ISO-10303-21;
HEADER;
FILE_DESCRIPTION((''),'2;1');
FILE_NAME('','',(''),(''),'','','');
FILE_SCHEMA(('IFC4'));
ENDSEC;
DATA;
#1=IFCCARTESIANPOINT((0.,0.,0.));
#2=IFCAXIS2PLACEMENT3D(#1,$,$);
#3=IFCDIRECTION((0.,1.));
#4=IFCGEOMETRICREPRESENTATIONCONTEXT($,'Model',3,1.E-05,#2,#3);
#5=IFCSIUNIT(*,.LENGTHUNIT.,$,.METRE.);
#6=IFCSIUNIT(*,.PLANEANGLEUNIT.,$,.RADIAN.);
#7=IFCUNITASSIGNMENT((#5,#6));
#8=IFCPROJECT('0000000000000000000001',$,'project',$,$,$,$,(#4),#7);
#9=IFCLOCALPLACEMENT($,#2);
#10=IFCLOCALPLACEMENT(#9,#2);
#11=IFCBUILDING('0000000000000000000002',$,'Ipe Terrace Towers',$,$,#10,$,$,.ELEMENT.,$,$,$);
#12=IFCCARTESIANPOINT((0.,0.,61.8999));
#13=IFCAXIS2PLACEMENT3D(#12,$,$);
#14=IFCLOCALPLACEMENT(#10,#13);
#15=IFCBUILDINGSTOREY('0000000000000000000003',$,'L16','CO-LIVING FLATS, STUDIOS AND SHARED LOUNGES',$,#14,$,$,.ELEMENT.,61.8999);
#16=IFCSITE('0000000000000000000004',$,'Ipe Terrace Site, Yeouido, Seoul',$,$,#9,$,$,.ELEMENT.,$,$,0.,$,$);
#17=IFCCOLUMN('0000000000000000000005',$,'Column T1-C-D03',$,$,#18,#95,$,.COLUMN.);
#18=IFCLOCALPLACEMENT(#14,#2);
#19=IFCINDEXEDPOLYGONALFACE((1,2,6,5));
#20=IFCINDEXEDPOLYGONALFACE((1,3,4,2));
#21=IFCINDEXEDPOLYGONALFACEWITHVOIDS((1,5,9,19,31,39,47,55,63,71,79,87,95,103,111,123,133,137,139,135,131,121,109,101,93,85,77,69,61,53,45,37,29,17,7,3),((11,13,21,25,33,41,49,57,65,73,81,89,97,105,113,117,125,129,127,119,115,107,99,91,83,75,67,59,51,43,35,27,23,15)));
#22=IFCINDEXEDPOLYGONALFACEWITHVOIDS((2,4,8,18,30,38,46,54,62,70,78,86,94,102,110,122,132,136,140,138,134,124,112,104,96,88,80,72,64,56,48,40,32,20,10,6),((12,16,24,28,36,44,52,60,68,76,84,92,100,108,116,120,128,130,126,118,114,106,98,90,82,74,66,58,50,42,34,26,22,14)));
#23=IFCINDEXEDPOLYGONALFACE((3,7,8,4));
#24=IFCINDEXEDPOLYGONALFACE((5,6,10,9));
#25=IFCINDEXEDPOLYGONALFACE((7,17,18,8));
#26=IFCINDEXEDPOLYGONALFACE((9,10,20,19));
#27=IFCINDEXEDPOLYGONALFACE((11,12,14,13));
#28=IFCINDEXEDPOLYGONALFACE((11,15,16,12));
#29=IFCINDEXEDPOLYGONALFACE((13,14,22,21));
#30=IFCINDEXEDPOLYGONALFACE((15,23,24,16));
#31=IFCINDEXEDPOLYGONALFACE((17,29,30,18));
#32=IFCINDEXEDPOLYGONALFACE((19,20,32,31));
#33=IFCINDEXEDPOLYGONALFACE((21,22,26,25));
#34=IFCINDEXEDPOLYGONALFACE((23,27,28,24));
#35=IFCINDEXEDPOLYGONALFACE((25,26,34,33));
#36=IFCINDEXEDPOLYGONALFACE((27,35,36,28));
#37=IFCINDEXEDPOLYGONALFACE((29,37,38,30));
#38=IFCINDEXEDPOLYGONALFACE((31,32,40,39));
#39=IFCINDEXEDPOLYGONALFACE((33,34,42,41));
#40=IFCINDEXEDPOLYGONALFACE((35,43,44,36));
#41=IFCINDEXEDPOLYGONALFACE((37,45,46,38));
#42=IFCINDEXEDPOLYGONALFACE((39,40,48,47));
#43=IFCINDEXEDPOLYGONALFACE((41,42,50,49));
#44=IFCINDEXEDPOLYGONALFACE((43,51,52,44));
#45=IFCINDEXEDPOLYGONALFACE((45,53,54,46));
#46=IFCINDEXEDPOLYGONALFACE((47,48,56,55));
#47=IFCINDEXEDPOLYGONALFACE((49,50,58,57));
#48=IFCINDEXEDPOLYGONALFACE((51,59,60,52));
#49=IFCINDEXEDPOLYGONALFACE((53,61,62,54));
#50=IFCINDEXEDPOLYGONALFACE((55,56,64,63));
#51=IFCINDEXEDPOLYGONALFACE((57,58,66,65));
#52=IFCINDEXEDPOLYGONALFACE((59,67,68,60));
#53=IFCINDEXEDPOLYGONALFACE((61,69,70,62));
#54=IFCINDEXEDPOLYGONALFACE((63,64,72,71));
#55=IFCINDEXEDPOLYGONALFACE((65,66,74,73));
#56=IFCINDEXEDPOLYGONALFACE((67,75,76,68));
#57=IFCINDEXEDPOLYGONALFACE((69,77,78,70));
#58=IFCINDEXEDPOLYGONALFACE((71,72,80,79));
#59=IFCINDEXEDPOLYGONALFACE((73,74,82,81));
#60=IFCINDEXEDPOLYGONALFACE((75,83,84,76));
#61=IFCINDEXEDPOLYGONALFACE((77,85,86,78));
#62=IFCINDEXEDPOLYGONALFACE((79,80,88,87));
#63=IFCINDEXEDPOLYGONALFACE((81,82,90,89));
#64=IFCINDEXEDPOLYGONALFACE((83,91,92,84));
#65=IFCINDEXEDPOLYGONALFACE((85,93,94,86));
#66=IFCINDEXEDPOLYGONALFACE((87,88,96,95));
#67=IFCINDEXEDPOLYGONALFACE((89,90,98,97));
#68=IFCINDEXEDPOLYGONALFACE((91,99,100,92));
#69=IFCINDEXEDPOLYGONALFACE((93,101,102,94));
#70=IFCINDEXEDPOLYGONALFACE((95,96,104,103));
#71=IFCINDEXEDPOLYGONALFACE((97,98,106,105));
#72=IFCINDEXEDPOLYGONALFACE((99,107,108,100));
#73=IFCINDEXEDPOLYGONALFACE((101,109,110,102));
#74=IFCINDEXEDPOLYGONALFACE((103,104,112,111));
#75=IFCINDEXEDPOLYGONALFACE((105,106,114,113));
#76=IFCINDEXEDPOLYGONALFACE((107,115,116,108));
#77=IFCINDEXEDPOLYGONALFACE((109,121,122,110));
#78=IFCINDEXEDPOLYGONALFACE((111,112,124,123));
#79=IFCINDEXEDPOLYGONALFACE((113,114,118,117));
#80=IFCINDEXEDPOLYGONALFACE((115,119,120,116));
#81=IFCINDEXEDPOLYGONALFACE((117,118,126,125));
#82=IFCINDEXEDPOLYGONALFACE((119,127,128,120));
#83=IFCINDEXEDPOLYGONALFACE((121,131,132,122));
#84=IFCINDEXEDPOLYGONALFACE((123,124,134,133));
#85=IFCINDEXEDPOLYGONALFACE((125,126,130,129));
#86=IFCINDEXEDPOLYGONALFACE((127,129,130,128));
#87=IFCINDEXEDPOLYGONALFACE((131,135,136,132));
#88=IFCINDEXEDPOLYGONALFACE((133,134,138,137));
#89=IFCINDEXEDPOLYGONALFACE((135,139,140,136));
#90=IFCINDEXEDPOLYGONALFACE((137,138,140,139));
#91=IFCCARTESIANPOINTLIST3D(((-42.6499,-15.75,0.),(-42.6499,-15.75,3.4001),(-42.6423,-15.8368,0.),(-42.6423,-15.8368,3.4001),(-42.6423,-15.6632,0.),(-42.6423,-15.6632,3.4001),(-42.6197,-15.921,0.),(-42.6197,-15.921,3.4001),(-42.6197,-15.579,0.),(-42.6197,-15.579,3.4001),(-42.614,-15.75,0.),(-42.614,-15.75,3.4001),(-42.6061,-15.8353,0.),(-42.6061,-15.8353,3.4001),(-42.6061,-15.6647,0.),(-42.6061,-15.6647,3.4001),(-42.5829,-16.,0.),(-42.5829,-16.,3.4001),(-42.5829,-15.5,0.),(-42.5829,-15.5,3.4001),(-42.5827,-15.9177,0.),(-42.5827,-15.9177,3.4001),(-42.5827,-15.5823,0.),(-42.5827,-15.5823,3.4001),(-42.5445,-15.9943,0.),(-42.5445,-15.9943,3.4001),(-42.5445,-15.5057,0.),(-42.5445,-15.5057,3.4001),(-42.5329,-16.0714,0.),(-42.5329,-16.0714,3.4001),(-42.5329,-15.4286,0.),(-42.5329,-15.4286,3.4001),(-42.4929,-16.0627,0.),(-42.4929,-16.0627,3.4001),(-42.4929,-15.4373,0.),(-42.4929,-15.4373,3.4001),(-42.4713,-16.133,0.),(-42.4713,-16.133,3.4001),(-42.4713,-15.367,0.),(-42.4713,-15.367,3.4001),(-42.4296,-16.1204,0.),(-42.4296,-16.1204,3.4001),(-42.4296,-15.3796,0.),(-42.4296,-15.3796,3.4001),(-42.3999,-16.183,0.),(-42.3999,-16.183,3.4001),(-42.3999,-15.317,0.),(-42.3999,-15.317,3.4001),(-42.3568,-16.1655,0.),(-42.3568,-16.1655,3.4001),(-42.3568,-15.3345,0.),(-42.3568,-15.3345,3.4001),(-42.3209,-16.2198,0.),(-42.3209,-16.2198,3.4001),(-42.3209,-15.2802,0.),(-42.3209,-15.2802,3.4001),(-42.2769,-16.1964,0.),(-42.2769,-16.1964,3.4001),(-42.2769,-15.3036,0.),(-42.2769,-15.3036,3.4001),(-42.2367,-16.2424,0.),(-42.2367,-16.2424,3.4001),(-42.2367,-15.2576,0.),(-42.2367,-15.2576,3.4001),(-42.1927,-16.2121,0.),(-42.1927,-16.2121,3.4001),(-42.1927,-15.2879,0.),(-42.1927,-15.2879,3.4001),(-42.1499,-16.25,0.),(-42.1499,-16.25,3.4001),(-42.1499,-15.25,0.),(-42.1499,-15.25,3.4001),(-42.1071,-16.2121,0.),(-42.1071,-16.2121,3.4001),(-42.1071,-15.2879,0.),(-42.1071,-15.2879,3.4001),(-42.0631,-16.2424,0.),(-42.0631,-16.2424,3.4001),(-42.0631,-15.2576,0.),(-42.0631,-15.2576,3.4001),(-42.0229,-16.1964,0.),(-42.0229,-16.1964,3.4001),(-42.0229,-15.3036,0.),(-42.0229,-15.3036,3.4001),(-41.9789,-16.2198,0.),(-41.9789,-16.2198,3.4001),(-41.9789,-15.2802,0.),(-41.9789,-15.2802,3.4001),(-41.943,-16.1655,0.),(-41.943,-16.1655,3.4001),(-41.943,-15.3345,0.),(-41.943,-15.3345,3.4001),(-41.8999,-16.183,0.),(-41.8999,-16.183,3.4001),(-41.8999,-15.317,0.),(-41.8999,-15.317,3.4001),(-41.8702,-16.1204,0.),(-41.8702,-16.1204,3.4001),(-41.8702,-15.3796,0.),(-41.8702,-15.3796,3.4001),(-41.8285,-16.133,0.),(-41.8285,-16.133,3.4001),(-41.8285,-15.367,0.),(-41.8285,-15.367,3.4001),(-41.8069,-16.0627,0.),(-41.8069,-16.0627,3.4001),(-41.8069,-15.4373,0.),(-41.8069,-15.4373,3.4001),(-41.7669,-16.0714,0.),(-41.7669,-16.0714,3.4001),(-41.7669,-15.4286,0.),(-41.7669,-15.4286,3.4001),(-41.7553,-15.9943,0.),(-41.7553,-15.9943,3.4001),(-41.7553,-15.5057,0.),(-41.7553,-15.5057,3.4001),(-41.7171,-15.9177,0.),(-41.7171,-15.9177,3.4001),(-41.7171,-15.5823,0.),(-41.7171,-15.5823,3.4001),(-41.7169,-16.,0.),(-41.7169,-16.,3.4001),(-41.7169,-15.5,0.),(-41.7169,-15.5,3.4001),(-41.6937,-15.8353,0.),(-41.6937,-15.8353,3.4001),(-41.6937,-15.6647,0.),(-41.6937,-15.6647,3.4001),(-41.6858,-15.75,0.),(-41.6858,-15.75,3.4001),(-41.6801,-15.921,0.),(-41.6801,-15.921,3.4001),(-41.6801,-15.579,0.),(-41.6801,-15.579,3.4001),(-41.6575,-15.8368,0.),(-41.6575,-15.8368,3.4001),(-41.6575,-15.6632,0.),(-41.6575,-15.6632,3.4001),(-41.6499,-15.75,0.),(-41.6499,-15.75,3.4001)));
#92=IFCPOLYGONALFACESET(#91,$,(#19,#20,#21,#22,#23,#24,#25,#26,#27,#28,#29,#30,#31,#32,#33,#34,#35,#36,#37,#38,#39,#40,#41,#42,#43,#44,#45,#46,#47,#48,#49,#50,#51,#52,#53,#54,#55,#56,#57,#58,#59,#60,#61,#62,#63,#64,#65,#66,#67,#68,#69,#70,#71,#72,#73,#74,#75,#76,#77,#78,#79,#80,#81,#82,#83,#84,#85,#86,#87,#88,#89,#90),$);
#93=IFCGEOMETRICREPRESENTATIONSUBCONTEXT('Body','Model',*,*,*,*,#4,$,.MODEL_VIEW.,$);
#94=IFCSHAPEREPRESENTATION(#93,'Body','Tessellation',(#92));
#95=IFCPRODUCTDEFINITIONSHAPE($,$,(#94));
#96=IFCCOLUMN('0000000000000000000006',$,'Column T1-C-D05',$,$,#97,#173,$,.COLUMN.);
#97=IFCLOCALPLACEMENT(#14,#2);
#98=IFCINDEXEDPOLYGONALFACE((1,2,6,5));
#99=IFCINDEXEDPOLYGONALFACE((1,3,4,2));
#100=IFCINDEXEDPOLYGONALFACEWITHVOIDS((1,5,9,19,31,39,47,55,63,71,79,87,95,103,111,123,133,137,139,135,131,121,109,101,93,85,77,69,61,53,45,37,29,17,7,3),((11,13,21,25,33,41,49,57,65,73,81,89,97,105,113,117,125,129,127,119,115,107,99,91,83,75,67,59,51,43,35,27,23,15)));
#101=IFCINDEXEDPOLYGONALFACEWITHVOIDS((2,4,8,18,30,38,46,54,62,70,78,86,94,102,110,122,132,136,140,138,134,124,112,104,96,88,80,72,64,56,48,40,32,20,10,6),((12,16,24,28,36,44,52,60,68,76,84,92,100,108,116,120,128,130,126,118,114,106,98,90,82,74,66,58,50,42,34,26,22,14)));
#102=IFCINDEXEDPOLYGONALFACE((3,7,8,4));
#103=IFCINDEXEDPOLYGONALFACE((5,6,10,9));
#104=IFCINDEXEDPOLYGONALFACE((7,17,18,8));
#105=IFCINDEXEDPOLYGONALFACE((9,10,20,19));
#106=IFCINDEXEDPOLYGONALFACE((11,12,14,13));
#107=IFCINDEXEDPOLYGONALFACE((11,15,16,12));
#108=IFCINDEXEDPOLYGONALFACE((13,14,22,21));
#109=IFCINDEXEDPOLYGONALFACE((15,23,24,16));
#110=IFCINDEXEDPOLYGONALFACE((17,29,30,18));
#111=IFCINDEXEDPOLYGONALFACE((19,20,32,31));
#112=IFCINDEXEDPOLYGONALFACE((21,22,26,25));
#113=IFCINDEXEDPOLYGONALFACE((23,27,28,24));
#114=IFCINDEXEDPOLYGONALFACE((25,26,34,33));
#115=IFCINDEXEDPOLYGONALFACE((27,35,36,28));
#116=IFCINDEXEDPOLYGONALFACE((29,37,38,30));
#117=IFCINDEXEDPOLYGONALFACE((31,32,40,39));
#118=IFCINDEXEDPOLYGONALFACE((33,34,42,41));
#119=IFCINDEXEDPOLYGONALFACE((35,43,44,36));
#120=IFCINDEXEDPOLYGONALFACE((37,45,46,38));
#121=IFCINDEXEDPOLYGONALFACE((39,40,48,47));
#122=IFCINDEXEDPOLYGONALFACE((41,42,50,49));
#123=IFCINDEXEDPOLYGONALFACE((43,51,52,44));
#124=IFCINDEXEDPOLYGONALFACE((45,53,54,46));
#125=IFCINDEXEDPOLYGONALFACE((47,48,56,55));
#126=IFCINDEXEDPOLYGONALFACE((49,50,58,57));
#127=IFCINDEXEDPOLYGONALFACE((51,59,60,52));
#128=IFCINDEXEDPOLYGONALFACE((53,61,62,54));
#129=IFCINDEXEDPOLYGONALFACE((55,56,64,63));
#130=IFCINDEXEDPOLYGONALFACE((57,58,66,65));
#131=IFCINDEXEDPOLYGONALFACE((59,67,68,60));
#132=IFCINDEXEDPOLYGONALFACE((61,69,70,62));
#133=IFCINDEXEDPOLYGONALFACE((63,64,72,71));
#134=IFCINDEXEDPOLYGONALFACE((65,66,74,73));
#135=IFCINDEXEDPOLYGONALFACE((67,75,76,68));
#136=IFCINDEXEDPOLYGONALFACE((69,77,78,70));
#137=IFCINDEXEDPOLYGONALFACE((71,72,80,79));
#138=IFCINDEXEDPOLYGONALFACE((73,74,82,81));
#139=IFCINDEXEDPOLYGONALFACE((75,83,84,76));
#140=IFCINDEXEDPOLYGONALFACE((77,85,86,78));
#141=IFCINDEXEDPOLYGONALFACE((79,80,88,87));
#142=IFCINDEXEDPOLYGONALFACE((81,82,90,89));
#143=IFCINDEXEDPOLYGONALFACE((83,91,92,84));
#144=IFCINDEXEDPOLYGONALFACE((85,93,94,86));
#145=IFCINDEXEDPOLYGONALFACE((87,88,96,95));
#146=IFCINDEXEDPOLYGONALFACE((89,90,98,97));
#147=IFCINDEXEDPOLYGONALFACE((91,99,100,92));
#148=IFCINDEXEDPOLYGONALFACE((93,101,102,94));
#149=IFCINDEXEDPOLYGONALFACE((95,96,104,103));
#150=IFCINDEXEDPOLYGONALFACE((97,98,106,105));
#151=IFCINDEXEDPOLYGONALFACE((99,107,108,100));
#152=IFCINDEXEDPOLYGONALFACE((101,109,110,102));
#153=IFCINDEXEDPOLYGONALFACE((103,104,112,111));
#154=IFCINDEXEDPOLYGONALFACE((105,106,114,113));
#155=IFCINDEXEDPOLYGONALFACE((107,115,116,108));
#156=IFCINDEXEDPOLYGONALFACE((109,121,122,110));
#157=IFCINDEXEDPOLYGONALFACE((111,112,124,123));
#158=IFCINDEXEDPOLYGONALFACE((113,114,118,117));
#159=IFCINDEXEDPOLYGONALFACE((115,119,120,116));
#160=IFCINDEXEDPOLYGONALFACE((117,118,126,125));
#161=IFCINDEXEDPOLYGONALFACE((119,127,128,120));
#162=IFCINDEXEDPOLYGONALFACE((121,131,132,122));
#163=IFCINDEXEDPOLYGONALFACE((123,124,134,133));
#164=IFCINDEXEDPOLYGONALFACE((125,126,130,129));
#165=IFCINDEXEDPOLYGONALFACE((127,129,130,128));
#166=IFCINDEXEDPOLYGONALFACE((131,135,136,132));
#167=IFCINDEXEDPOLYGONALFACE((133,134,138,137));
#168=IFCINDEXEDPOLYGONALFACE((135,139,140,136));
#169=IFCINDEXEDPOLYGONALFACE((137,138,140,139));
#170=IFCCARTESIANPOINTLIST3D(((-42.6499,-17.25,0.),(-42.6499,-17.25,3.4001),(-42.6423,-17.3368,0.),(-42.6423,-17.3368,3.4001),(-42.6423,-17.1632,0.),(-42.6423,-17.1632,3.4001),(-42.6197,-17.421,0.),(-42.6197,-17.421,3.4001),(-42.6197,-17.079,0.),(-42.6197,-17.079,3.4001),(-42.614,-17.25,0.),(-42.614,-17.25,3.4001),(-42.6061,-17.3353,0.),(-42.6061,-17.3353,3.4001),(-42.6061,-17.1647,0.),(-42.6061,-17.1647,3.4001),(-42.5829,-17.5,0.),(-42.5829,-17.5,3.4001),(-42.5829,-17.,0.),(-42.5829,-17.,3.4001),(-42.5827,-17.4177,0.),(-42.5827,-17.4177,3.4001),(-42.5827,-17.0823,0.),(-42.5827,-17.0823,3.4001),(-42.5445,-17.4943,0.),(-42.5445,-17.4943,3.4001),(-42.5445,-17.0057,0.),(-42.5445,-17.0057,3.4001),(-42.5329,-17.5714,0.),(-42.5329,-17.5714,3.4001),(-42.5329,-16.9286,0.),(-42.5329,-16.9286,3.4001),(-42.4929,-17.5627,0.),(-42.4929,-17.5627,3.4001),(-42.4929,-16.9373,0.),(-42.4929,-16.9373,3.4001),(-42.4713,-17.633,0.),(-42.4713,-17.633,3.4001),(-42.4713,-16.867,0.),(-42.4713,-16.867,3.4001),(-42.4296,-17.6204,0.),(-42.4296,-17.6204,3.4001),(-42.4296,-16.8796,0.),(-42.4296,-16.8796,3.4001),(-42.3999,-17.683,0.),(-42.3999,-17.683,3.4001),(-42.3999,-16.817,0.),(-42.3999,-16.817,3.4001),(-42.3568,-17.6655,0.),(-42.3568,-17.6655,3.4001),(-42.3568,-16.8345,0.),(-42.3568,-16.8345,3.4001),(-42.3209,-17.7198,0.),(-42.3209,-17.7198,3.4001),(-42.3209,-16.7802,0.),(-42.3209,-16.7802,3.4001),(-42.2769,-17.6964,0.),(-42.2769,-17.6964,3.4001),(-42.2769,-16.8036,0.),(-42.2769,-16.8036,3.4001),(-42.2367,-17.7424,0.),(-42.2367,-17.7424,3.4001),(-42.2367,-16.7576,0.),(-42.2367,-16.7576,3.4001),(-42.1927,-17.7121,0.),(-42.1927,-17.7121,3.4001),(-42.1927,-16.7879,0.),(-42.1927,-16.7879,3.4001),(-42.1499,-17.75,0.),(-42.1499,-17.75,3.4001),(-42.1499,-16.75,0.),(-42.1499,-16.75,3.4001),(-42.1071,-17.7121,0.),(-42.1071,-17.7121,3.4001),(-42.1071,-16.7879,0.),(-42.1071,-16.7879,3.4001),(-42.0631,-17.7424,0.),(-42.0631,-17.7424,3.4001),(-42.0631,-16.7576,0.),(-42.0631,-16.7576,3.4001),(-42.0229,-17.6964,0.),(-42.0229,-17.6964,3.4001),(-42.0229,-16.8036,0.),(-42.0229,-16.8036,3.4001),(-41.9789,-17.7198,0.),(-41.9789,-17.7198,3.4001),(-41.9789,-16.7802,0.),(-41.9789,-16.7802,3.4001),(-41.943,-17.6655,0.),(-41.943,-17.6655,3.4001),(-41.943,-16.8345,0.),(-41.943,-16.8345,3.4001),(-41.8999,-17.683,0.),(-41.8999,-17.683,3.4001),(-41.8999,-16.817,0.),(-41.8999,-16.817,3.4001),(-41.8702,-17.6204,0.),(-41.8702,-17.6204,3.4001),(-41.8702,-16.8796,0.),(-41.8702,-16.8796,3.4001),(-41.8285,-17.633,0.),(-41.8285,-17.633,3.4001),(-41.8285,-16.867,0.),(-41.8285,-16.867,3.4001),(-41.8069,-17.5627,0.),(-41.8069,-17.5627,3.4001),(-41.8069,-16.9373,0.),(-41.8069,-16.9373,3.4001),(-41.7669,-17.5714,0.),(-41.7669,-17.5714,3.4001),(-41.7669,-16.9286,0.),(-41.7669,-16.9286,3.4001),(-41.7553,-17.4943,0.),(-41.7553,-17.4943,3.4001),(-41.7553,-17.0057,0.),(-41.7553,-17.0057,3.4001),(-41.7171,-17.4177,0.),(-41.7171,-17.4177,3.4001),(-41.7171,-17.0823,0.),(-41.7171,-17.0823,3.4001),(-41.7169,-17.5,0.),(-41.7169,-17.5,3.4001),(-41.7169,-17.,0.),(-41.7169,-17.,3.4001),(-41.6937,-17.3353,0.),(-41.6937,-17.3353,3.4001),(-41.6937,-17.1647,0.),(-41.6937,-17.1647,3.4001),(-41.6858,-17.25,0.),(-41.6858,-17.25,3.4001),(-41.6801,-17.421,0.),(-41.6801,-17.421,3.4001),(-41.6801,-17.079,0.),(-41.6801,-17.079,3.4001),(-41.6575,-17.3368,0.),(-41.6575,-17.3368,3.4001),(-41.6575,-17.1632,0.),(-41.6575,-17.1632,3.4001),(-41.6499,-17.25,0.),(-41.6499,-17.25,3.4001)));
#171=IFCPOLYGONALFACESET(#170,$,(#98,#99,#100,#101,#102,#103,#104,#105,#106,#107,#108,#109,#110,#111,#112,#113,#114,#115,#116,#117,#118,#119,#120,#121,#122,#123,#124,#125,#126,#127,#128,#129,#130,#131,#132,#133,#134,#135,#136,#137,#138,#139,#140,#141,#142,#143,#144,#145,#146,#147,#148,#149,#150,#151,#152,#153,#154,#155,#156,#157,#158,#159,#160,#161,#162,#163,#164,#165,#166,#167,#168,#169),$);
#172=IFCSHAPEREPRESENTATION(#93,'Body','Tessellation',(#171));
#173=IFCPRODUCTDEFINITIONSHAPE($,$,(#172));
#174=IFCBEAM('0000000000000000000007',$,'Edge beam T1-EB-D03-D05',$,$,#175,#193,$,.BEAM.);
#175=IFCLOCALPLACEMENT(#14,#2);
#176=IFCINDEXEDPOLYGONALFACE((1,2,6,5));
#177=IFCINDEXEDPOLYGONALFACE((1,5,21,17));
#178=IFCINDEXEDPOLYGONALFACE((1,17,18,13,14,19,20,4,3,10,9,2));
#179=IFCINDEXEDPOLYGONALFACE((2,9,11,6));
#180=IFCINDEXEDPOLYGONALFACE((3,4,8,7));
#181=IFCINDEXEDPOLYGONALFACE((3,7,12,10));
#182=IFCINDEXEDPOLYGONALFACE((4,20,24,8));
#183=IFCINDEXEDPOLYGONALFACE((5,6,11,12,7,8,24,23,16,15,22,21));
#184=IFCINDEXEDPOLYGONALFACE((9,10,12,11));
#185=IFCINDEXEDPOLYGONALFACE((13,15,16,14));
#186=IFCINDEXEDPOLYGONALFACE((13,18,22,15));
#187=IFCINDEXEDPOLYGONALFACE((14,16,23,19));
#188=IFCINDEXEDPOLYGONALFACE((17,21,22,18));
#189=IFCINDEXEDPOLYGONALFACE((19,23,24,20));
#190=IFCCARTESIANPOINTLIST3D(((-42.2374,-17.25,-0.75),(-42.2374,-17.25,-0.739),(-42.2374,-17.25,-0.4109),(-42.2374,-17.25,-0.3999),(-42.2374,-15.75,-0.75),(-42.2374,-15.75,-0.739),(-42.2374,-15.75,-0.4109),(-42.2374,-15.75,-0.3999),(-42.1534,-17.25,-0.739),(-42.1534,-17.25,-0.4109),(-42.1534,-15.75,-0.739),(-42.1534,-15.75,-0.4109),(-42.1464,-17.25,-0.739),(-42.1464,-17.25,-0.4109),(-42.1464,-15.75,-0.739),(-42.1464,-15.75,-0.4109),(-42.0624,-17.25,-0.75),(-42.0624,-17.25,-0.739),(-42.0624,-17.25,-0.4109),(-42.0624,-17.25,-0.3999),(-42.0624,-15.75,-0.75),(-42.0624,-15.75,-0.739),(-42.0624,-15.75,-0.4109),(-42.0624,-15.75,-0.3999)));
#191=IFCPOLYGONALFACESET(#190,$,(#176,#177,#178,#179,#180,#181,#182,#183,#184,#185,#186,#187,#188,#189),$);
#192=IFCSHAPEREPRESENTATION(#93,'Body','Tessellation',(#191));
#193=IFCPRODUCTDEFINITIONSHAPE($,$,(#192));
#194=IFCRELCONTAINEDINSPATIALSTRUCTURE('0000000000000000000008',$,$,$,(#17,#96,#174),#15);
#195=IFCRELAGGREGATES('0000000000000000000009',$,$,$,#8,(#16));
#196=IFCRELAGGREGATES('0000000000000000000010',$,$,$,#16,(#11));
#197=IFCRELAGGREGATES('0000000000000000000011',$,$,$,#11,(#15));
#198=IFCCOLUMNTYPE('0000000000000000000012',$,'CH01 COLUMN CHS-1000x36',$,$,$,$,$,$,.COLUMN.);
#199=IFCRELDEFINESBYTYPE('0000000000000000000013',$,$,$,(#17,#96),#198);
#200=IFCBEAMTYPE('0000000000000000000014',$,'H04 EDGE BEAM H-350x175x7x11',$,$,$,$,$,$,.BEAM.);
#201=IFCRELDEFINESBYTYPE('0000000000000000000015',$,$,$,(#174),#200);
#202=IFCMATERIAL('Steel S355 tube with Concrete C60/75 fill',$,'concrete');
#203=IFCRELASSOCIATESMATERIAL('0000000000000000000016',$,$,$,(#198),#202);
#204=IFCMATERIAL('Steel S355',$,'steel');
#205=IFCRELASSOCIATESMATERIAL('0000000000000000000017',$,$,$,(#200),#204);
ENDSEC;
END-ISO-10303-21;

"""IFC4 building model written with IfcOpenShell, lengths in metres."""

from ifc_helpers import new_model, si_unit, direction, frame, origin, origin_2d, place, context, subcontext, project, spatial, hollow_circle, i_section, extrude, material, material_profile, profile_set, type_object, element, save


model = new_model("IFC4")

# Units and contexts
model_context = context("Model", 3, precision=1e-05, world=origin(), true_north=direction((0.0, 1.0)))
body_context = subcontext(model_context, "Body", "Model", "MODEL_VIEW")
ifc_project = project(units=[si_unit("LENGTHUNIT", "METRE"), si_unit("PLANEANGLEUNIT", "RADIAN")], contexts=[model_context])

# Site, building, storey
site_placement = place(None, origin())
site = spatial("IfcSite", under=ifc_project, at=site_placement, Name="Ipe Terrace Site, Yeouido, Seoul", CompositionType="ELEMENT", RefElevation=0.0)
building_placement = place(site_placement, origin())
building = spatial("IfcBuilding", under=site, at=building_placement, Name="Ipe Terrace Towers", CompositionType="ELEMENT")
storey_placement = place(building_placement, frame((0.0, 0.0, 61.8999)))
storey = spatial("IfcBuildingStorey", under=building, at=storey_placement, Name="L16", Description="CO-LIVING FLATS, STUDIOS AND SHARED LOUNGES", CompositionType="ELEMENT", Elevation=61.8999)

# Columns
ifc_material_1 = material(Name="Steel S355 tube with Concrete C60/75 fill", Category="concrete")
ifc_material_profile_1 = material_profile(ifc_material_1, hollow_circle(Radius=0.5, WallThickness=0.0359, at=origin_2d()), Name="CHS-1000x36")
ifc_profile_set_1 = profile_set([ifc_material_profile_1], Name="Steel S355 tube with Concrete C60/75 fill")
column_type = type_object("IfcColumnType", Name="CH01 COLUMN CHS-1000x36", PredefinedType="COLUMN", material=ifc_profile_set_1)
for number, where, z_axis, x_axis, name in (
    (1, (-42.1499, -15.75, 0.0), (0.0, 0.0, 1.0), (1.0, 0.0, 0.0), "Column T1-C-D03"),
    (2, (-42.1499, -17.25, 0.0), (0.0, 0.0, 1.0), (1.0, 0.0, 0.0), "Column T1-C-D05"),
):
    element("IfcColumn", number, at=place(storey_placement, frame(where, z_axis=z_axis, x_axis=x_axis)), inside=storey, type_object=column_type, Name=name, PredefinedType="COLUMN", context=body_context, shape_type="SweptSolid", body=[
        extrude(hollow_circle(Radius=0.5, WallThickness=0.0359, at=origin_2d()), origin(), (0.0, 0.0, 1.0), 3.4001),
    ])

# Beam
ifc_material_2 = material(Name="Steel S355", Category="steel")
ifc_material_profile_2 = material_profile(ifc_material_2, i_section(OverallWidth=0.175, OverallDepth=0.3501, WebThickness=0.0071, FlangeThickness=0.011, at=origin_2d()), Name="H-350x175x7x11")
ifc_profile_set_2 = profile_set([ifc_material_profile_2], Name="Steel S355")
beam_type = type_object("IfcBeamType", Name="H04 EDGE BEAM H-350x175x7x11", PredefinedType="BEAM", material=ifc_profile_set_2)
beam_placement = place(storey_placement, frame((-42.1499, -15.75, -0.575), z_axis=(0.0, -1.0, 0.0), x_axis=(1.0, 0.0, 0.0)))
element("IfcBeam", 3, at=beam_placement, inside=storey, type_object=beam_type, Name="Edge beam T1-EB-D03-D05", PredefinedType="BEAM", context=body_context, shape_type="SweptSolid", body=[
    extrude(i_section(OverallWidth=0.175, OverallDepth=0.3501, WebThickness=0.0071, FlangeThickness=0.011, at=origin_2d()), origin(), (0.0, 0.0, 1.0), 1.5),
])

save(model, "model.ifc")
